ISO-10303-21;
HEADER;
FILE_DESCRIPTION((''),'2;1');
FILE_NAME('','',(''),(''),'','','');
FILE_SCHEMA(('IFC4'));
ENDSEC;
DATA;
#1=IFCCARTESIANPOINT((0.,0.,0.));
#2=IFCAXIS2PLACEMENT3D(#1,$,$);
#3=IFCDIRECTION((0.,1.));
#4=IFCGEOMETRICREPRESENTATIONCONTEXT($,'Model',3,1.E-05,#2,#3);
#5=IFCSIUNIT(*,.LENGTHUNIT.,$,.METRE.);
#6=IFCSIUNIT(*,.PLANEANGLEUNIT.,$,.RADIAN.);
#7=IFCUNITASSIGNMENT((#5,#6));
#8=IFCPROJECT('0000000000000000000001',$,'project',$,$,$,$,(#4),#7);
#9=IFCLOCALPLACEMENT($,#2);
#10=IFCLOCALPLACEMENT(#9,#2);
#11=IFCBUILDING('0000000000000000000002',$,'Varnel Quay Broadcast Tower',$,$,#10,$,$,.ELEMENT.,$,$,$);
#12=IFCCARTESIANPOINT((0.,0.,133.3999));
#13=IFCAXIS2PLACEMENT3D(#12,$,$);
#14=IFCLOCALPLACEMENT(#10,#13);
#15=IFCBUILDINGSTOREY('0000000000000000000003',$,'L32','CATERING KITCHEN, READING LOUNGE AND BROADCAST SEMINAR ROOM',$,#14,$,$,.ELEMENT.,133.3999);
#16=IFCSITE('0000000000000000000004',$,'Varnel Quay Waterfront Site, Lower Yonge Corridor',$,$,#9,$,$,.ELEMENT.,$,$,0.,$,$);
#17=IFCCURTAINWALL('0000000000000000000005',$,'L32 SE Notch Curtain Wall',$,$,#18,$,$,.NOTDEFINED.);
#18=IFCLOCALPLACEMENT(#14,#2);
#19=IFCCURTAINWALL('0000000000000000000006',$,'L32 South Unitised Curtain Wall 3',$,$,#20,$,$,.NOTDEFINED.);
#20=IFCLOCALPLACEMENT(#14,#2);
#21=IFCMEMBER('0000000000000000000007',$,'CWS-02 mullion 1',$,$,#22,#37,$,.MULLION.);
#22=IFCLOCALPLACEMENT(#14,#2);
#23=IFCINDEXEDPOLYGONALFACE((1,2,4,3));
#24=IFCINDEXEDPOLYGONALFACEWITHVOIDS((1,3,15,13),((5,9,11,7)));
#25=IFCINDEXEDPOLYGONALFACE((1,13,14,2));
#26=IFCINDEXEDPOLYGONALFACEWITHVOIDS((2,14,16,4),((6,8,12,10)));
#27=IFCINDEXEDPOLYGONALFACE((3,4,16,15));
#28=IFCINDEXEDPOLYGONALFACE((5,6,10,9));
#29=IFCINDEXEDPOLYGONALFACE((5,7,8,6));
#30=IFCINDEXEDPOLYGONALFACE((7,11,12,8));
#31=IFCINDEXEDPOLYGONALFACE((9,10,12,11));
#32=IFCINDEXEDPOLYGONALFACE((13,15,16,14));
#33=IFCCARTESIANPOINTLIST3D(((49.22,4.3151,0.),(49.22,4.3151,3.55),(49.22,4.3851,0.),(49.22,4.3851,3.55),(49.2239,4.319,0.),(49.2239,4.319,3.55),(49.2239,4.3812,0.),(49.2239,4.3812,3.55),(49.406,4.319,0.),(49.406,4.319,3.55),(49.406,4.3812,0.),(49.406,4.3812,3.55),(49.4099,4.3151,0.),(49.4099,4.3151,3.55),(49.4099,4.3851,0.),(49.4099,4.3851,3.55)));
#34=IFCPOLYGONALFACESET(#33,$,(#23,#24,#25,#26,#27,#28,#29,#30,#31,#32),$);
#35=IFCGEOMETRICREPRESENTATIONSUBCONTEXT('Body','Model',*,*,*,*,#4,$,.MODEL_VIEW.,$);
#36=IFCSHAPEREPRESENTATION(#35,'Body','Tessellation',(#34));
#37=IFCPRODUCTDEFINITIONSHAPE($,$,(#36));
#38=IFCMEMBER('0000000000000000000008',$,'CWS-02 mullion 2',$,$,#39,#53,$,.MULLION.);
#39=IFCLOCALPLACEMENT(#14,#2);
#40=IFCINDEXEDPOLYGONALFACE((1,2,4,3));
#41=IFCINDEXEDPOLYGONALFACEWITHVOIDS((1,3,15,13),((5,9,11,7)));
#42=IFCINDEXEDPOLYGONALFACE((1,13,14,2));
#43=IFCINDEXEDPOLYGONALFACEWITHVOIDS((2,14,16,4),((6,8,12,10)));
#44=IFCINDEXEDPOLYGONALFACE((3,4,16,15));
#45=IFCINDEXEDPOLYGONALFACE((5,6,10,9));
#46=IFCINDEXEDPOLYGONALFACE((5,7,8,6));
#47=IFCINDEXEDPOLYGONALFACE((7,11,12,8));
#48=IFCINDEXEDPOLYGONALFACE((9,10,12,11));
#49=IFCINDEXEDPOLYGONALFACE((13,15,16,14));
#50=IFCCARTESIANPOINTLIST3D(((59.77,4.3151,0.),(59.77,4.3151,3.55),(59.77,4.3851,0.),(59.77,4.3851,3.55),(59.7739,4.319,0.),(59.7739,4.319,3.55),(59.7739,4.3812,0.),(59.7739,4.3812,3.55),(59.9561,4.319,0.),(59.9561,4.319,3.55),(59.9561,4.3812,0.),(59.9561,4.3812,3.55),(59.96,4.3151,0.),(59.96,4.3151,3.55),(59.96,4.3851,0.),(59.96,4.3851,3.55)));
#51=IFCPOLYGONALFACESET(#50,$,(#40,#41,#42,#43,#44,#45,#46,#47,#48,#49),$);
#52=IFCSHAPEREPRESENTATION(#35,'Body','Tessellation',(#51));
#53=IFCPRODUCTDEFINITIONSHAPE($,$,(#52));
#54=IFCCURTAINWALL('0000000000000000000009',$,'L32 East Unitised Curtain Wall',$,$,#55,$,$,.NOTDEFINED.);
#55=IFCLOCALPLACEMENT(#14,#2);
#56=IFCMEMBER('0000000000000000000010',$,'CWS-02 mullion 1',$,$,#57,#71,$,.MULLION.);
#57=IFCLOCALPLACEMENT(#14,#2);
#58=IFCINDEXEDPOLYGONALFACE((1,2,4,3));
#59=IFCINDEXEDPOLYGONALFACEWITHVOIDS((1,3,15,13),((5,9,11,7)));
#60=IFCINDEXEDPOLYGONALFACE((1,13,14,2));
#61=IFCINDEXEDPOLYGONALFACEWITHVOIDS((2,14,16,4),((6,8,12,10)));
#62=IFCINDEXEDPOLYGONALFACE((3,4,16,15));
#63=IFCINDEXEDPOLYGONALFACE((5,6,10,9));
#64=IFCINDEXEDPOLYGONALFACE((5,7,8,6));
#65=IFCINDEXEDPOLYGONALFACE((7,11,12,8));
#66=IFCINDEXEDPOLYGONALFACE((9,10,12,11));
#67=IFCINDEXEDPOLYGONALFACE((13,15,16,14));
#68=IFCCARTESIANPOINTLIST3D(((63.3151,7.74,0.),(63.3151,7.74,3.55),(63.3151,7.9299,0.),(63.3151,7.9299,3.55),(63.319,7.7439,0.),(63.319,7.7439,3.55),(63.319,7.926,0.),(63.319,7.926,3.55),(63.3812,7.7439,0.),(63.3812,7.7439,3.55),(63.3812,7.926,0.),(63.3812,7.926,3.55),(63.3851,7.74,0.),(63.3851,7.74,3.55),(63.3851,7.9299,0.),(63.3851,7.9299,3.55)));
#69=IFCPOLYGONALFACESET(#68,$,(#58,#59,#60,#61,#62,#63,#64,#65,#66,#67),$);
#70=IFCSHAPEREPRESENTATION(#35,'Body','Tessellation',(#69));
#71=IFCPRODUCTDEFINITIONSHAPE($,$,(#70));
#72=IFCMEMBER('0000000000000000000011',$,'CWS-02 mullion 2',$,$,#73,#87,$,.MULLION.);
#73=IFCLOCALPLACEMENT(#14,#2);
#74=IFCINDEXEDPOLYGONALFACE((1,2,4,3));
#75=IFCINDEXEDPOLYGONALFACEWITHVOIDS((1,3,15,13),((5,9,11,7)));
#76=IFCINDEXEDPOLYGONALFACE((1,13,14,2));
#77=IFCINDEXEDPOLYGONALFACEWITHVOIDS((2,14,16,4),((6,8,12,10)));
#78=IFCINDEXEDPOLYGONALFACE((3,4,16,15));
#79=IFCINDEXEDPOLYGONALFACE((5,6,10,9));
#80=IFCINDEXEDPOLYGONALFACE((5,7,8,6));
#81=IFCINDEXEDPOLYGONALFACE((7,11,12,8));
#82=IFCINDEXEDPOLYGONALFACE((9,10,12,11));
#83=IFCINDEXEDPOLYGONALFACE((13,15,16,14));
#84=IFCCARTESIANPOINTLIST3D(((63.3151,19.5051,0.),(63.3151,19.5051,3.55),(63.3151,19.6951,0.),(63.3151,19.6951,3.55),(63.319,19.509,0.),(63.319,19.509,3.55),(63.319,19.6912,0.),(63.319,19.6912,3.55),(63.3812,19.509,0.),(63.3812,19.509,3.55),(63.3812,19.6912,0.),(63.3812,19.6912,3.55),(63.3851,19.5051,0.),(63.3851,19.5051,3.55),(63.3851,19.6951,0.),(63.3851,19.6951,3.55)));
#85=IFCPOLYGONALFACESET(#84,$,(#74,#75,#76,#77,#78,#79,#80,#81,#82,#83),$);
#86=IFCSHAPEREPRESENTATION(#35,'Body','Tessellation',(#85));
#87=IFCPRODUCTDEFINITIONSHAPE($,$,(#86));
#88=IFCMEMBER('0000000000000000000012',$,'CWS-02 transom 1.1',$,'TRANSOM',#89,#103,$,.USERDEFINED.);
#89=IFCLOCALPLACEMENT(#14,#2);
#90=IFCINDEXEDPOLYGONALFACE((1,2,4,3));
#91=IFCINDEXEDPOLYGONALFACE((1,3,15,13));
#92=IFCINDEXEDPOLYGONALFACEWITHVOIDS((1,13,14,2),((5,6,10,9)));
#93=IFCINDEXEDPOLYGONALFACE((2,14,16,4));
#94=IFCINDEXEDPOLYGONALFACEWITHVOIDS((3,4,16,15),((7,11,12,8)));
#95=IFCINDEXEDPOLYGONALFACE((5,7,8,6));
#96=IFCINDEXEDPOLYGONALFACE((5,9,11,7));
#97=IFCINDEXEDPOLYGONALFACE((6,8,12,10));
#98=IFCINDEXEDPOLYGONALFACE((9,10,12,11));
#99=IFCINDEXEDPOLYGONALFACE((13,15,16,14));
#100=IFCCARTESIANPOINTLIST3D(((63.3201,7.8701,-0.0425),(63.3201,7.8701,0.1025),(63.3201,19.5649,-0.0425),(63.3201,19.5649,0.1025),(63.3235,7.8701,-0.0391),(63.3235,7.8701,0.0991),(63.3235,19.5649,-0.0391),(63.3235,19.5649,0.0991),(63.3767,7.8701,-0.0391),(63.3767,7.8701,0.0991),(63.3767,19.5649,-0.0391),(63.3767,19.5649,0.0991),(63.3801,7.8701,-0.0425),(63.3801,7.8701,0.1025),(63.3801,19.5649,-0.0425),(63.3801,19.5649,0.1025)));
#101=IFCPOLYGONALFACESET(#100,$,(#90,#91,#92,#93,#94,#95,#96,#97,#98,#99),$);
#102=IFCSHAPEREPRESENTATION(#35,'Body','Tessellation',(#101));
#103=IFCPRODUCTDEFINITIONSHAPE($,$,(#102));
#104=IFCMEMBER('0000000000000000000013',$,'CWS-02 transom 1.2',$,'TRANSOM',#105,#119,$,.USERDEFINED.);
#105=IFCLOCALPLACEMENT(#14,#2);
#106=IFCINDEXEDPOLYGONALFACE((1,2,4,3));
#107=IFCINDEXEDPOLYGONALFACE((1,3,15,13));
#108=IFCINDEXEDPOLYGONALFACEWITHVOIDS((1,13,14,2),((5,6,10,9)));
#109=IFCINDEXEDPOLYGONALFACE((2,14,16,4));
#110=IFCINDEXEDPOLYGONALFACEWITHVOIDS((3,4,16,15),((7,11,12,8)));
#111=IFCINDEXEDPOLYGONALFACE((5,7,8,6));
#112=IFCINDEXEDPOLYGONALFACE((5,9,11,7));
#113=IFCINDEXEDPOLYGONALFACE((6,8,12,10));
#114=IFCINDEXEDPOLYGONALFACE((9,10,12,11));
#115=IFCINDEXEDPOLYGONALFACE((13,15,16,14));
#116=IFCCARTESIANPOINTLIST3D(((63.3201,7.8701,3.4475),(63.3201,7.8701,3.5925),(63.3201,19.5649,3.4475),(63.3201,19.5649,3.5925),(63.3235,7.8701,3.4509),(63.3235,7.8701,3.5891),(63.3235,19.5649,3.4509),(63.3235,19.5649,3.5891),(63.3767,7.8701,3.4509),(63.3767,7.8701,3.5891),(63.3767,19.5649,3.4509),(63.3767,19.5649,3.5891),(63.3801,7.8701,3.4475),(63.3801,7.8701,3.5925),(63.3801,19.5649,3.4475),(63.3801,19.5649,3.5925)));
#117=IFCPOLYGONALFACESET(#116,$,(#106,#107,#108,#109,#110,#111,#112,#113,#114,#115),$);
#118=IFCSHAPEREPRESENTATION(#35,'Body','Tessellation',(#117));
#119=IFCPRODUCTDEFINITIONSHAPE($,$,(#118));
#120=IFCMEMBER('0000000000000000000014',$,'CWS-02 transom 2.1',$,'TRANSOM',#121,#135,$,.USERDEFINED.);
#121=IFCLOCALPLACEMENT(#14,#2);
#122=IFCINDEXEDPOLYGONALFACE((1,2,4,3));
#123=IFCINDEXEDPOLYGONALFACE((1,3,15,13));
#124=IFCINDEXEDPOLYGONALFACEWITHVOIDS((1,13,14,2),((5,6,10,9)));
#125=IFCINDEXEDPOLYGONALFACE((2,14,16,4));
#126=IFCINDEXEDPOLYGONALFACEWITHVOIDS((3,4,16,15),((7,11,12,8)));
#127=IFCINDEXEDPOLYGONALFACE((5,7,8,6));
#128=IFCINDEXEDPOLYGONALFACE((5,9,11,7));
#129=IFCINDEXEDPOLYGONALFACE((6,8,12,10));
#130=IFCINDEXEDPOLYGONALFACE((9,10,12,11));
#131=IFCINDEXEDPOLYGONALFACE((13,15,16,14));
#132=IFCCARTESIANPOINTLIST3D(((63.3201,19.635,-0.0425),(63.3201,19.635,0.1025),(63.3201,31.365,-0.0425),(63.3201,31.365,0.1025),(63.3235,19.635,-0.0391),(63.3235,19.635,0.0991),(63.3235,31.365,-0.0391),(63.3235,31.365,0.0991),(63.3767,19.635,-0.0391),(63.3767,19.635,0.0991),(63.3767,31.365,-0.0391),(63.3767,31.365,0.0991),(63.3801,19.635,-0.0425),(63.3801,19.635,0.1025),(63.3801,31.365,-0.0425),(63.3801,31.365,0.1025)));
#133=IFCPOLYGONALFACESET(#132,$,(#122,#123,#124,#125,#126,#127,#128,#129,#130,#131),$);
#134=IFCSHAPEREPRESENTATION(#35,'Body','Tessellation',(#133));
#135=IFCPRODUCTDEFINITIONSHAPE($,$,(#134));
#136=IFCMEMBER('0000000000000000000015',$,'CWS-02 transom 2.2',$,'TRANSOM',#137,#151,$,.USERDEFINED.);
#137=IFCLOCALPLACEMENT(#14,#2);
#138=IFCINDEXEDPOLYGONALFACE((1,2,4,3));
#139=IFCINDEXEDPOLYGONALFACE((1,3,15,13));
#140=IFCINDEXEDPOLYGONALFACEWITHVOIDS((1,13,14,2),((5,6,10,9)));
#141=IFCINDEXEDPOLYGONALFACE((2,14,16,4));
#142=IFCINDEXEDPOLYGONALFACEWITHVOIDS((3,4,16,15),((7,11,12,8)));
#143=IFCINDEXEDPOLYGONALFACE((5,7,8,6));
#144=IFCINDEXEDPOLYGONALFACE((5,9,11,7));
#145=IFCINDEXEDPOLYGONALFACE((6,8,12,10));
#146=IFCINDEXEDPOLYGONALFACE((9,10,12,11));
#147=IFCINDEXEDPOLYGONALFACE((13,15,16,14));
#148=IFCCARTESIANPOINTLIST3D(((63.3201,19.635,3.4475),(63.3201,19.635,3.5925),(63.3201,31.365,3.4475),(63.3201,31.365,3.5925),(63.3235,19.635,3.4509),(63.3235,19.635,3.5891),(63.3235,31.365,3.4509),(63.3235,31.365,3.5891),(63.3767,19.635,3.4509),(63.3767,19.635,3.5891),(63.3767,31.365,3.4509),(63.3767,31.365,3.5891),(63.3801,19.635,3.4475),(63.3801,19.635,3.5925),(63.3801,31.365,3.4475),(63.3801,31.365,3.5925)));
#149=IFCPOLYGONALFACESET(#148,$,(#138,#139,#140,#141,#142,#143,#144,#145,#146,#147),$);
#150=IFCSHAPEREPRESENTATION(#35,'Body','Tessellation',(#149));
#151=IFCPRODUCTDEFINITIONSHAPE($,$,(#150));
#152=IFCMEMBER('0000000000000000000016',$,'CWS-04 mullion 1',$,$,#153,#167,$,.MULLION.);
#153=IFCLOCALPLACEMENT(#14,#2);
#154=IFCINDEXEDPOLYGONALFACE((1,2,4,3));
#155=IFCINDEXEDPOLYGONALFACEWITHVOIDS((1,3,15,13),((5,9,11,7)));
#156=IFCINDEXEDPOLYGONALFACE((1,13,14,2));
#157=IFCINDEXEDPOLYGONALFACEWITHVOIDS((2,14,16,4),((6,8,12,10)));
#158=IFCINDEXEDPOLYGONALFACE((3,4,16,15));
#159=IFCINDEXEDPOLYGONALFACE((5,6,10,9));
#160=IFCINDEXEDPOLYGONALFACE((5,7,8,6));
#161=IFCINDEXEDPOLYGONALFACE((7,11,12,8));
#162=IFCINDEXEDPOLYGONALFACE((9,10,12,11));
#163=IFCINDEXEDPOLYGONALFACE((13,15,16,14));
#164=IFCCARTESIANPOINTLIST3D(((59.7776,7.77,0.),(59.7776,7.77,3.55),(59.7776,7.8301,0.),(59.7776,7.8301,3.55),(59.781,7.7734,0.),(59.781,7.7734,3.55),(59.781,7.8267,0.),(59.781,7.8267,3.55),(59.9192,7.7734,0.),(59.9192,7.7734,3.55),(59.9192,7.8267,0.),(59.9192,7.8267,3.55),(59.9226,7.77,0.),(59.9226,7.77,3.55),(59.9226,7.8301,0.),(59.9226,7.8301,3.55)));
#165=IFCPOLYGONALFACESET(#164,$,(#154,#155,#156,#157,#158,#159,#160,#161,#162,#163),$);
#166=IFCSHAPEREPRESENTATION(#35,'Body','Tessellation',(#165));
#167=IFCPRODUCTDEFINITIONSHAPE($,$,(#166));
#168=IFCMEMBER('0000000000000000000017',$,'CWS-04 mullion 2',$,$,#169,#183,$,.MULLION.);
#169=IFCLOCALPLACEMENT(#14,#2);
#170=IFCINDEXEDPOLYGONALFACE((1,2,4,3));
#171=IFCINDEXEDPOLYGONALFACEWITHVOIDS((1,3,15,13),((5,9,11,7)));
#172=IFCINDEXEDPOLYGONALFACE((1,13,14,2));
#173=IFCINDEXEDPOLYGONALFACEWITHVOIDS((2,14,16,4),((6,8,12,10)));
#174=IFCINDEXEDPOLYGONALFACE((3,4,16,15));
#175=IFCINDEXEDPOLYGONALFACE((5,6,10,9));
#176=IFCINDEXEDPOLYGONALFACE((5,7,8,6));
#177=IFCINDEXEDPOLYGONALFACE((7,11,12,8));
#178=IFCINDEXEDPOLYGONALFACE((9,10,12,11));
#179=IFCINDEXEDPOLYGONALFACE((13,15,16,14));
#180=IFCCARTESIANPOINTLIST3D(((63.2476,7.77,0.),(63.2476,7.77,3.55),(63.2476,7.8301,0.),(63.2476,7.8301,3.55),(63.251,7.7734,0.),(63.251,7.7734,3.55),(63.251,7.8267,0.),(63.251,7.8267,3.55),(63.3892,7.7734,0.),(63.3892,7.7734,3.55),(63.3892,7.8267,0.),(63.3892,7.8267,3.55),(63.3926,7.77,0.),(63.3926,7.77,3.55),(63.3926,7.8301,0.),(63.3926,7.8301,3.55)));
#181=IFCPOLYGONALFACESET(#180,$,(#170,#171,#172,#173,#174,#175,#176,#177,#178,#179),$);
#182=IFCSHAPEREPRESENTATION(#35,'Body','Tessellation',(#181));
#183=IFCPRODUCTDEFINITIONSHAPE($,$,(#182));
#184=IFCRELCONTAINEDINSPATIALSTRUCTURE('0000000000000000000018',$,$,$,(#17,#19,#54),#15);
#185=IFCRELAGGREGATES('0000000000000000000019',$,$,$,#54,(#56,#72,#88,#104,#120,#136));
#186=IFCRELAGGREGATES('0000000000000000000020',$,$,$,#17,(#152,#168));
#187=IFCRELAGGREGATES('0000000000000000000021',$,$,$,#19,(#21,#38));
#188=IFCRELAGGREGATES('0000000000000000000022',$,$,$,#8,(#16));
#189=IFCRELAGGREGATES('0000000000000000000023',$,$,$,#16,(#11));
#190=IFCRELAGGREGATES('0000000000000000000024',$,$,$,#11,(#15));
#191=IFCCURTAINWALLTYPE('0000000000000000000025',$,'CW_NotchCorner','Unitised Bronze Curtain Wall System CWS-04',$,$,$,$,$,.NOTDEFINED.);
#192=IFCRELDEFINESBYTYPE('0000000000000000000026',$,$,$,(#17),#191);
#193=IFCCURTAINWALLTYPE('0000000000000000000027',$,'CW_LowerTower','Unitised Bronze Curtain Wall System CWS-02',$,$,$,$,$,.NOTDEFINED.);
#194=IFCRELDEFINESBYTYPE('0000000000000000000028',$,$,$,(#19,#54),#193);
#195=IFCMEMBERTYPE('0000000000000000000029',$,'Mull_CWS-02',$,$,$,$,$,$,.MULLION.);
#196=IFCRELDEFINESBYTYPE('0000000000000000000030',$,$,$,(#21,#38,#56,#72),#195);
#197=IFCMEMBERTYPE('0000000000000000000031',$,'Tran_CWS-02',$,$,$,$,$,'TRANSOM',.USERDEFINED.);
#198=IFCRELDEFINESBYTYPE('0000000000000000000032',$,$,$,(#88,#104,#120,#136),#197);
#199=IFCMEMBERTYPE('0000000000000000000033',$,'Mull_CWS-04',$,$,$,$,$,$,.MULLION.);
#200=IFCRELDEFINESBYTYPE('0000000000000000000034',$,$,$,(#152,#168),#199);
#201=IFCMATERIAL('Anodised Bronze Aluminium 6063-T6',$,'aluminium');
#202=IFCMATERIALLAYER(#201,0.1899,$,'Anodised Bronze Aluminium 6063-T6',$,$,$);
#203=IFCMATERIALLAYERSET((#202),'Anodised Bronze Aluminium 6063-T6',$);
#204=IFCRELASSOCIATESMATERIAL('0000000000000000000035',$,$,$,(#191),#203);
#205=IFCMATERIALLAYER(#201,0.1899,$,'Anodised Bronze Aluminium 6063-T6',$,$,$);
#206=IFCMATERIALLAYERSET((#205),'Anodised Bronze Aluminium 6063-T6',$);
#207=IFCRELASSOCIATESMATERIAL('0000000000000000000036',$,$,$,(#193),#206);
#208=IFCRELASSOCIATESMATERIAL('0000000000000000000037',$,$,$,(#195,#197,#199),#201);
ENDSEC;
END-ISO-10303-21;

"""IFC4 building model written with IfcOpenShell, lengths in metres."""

from ifc_helpers import new_model, si_unit, direction, frame, origin, origin_2d, place, context, subcontext, project, spatial, hollow_rectangle, extrude, source, transform, mapped, material, layer, layer_set, material_profile, profile_set, type_object, type_shapes, element, aggregate, save


model = new_model("IFC4")

# Units and contexts
model_context = context("Model", 3, precision=1e-05, world=origin(), true_north=direction((0.0, 1.0)))
body_context = subcontext(model_context, "Body", "Model", "MODEL_VIEW")
ifc_project = project(units=[si_unit("LENGTHUNIT", "METRE"), si_unit("PLANEANGLEUNIT", "RADIAN")], contexts=[model_context])

# Site, building, storey
site_placement = place(None, origin())
site = spatial("IfcSite", under=ifc_project, at=site_placement, Name="Varnel Quay Waterfront Site, Lower Yonge Corridor", CompositionType="ELEMENT", RefElevation=0.0)
building_placement = place(site_placement, origin())
building = spatial("IfcBuilding", under=site, at=building_placement, Name="Varnel Quay Broadcast Tower", CompositionType="ELEMENT")
storey_placement = place(building_placement, frame((0.0, 0.0, 133.3999)))
storey = spatial("IfcBuildingStorey", under=building, at=storey_placement, Name="L32", Description="CATERING KITCHEN, READING LOUNGE AND BROADCAST SEMINAR ROOM", CompositionType="ELEMENT", Elevation=133.3999)

# Curtain walls, members
ifc_material_1 = material(Name="Anodised Bronze Aluminium 6063-T6", Category="aluminium")
ifc_layer_1 = layer(ifc_material_1, 0.1899, Name="Anodised Bronze Aluminium 6063-T6")
ifc_layer_set_1 = layer_set([ifc_layer_1], Name="Anodised Bronze Aluminium 6063-T6")
curtain_wall_type_1 = type_object("IfcCurtainWallType", Name="CW_NotchCorner", Description="Unitised Bronze Curtain Wall System CWS-04", PredefinedType="NOTDEFINED", material=ifc_layer_set_1)
curtain_wall_1_placement = place(storey_placement, origin())
curtain_wall_1 = element("IfcCurtainWall", 1, at=curtain_wall_1_placement, inside=storey, type_object=curtain_wall_type_1, Name="L32 SE Notch Curtain Wall", PredefinedType="NOTDEFINED")
ifc_layer_2 = layer(ifc_material_1, 0.1899, Name="Anodised Bronze Aluminium 6063-T6")
ifc_layer_set_2 = layer_set([ifc_layer_2], Name="Anodised Bronze Aluminium 6063-T6")
curtain_wall_type_2 = type_object("IfcCurtainWallType", Name="CW_LowerTower", Description="Unitised Bronze Curtain Wall System CWS-02", PredefinedType="NOTDEFINED", material=ifc_layer_set_2)
curtain_wall_2_placement = place(storey_placement, origin())
curtain_wall_2 = element("IfcCurtainWall", 2, at=curtain_wall_2_placement, inside=storey, type_object=curtain_wall_type_2, Name="L32 South Unitised Curtain Wall 3", PredefinedType="NOTDEFINED")
ifc_material_profile_1 = material_profile(ifc_material_1, hollow_rectangle(XDim=0.0701, YDim=0.1899, WallThickness=0.0039, at=origin_2d()), Name="ALU70X190X4")
ifc_profile_set_1 = profile_set([ifc_material_profile_1], Name="Anodised Bronze Aluminium 6063-T6")
member_type_1 = type_object("IfcMemberType", Name="Mull_CWS-02", PredefinedType="MULLION", material=ifc_profile_set_1)
shared_shape_1 = source(origin(), body_context, "Body", "SweptSolid", [
    extrude(hollow_rectangle(XDim=0.0701, YDim=0.1899, WallThickness=0.0039, at=origin_2d()), origin(), (0.0, 0.0, 1.0), 3.55),
])
type_shapes(member_type_1, [shared_shape_1])
member_1_placement = place(storey_placement, frame((49.3149, 4.3501, 0.0), z_axis=(0.0, 0.0, 1.0), x_axis=(0.0, 1.0, 0.0)))
member_1 = element("IfcMember", 3, at=member_1_placement, type_object=member_type_1, Name="CWS-02 mullion 1", PredefinedType="MULLION", context=body_context, shape_type="MappedRepresentation", body=[
    mapped(shared_shape_1, transform((0.0, 0.0, 0.0), x_axis=(1.0, 0.0, 0.0), y_axis=(0.0, 1.0, 0.0), z_axis=(0.0, 0.0, 1.0), scale=1.0)),
])
member_2_placement = place(storey_placement, frame((59.865, 4.3501, 0.0), z_axis=(0.0, 0.0, 1.0), x_axis=(0.0, 1.0, 0.0)))
member_2 = element("IfcMember", 4, at=member_2_placement, type_object=member_type_1, Name="CWS-02 mullion 2", PredefinedType="MULLION", context=body_context, shape_type="MappedRepresentation", body=[
    mapped(shared_shape_1, transform((0.0, 0.0, 0.0), x_axis=(1.0, 0.0, 0.0), y_axis=(0.0, 1.0, 0.0), z_axis=(0.0, 0.0, 1.0), scale=1.0)),
])
curtain_wall_3_placement = place(storey_placement, origin())
curtain_wall_3 = element("IfcCurtainWall", 5, at=curtain_wall_3_placement, inside=storey, type_object=curtain_wall_type_2, Name="L32 East Unitised Curtain Wall", PredefinedType="NOTDEFINED")
member_3_placement = place(storey_placement, frame((63.3501, 7.835, 0.0), z_axis=(0.0, 0.0, 1.0), x_axis=(-1.0, 0.0, 0.0)))
member_3 = element("IfcMember", 6, at=member_3_placement, type_object=member_type_1, Name="CWS-02 mullion 1", PredefinedType="MULLION", context=body_context, shape_type="MappedRepresentation", body=[
    mapped(shared_shape_1, transform((0.0, 0.0, 0.0), x_axis=(1.0, 0.0, 0.0), y_axis=(0.0, 1.0, 0.0), z_axis=(0.0, 0.0, 1.0), scale=1.0)),
])
member_4_placement = place(storey_placement, frame((63.3501, 19.6001, 0.0), z_axis=(0.0, 0.0, 1.0), x_axis=(-1.0, 0.0, 0.0)))
member_4 = element("IfcMember", 7, at=member_4_placement, type_object=member_type_1, Name="CWS-02 mullion 2", PredefinedType="MULLION", context=body_context, shape_type="MappedRepresentation", body=[
    mapped(shared_shape_1, transform((0.0, 0.0, 0.0), x_axis=(1.0, 0.0, 0.0), y_axis=(0.0, 1.0, 0.0), z_axis=(0.0, 0.0, 1.0), scale=1.0)),
])
ifc_material_profile_2 = material_profile(ifc_material_1, hollow_rectangle(XDim=0.0601, YDim=0.145, WallThickness=0.0034, at=origin_2d()), Name="ALU60X145X3.5")
ifc_profile_set_2 = profile_set([ifc_material_profile_2], Name="Anodised Bronze Aluminium 6063-T6")
member_type_2 = type_object("IfcMemberType", Name="Tran_CWS-02", ElementType="TRANSOM", PredefinedType="USERDEFINED", material=ifc_profile_set_2)
shared_shape_2 = source(origin(), body_context, "Body", "SweptSolid", [
    extrude(hollow_rectangle(XDim=0.0601, YDim=0.145, WallThickness=0.0034, at=origin_2d()), origin(), (0.0, 0.0, 1.0), 11.6948),
])
member_5_placement = place(storey_placement, frame((63.3501, 7.8701, 0.03), z_axis=(0.0, 1.0, 0.0), x_axis=(-1.0, 0.0, 0.0)))
member_5 = element("IfcMember", 8, at=member_5_placement, type_object=member_type_2, Name="CWS-02 transom 1.1", ObjectType="TRANSOM", PredefinedType="USERDEFINED", context=body_context, shape_type="MappedRepresentation", body=[
    mapped(shared_shape_2, transform((0.0, 0.0, 0.0), x_axis=(1.0, 0.0, 0.0), y_axis=(0.0, 1.0, 0.0), z_axis=(0.0, 0.0, 1.0), scale=1.0)),
])
member_6_placement = place(storey_placement, frame((63.3501, 7.8701, 3.52), z_axis=(0.0, 1.0, 0.0), x_axis=(-1.0, 0.0, 0.0)))
member_6 = element("IfcMember", 9, at=member_6_placement, type_object=member_type_2, Name="CWS-02 transom 1.2", ObjectType="TRANSOM", PredefinedType="USERDEFINED", context=body_context, shape_type="MappedRepresentation", body=[
    mapped(shared_shape_2, transform((0.0, 0.0, 0.0), x_axis=(1.0, 0.0, 0.0), y_axis=(0.0, 1.0, 0.0), z_axis=(0.0, 0.0, 1.0), scale=1.0)),
])
shared_shape_3 = source(origin(), body_context, "Body", "SweptSolid", [
    extrude(hollow_rectangle(XDim=0.0601, YDim=0.145, WallThickness=0.0034, at=origin_2d()), origin(), (0.0, 0.0, 1.0), 11.73),
])
member_7_placement = place(storey_placement, frame((63.3501, 19.635, 0.03), z_axis=(0.0, 1.0, 0.0), x_axis=(-1.0, 0.0, 0.0)))
member_7 = element("IfcMember", 10, at=member_7_placement, type_object=member_type_2, Name="CWS-02 transom 2.1", ObjectType="TRANSOM", PredefinedType="USERDEFINED", context=body_context, shape_type="MappedRepresentation", body=[
    mapped(shared_shape_3, transform((0.0, 0.0, 0.0), x_axis=(1.0, 0.0, 0.0), y_axis=(0.0, 1.0, 0.0), z_axis=(0.0, 0.0, 1.0), scale=1.0)),
])
member_8_placement = place(storey_placement, frame((63.3501, 19.635, 3.52), z_axis=(0.0, 1.0, 0.0), x_axis=(-1.0, 0.0, 0.0)))
member_8 = element("IfcMember", 11, at=member_8_placement, type_object=member_type_2, Name="CWS-02 transom 2.2", ObjectType="TRANSOM", PredefinedType="USERDEFINED", context=body_context, shape_type="MappedRepresentation", body=[
    mapped(shared_shape_3, transform((0.0, 0.0, 0.0), x_axis=(1.0, 0.0, 0.0), y_axis=(0.0, 1.0, 0.0), z_axis=(0.0, 0.0, 1.0), scale=1.0)),
])

# Members
ifc_material_profile_3 = material_profile(ifc_material_1, hollow_rectangle(XDim=0.0601, YDim=0.145, WallThickness=0.0034, at=origin_2d()), Name="ALU60X145X3.5")
ifc_profile_set_3 = profile_set([ifc_material_profile_3], Name="Anodised Bronze Aluminium 6063-T6")
member_type_3 = type_object("IfcMemberType", Name="Mull_CWS-04", PredefinedType="MULLION", material=ifc_profile_set_3)
shared_shape_4 = source(origin(), body_context, "Body", "SweptSolid", [
    extrude(hollow_rectangle(XDim=0.0601, YDim=0.145, WallThickness=0.0034, at=origin_2d()), origin(), (0.0, 0.0, 1.0), 3.55),
])
type_shapes(member_type_3, [shared_shape_4])
member_9_placement = place(storey_placement, frame((59.8501, 7.8, 0.0), z_axis=(0.0, 0.0, 1.0), x_axis=(0.0, 1.0, 0.0)))
member_9 = element("IfcMember", 12, at=member_9_placement, type_object=member_type_3, Name="CWS-04 mullion 1", PredefinedType="MULLION", context=body_context, shape_type="MappedRepresentation", body=[
    mapped(shared_shape_4, transform((0.0, 0.0, 0.0), x_axis=(1.0, 0.0, 0.0), y_axis=(0.0, 1.0, 0.0), z_axis=(0.0, 0.0, 1.0), scale=1.0)),
])
member_10_placement = place(storey_placement, frame((63.3201, 7.8, 0.0), z_axis=(0.0, 0.0, 1.0), x_axis=(0.0, 1.0, 0.0)))
member_10 = element("IfcMember", 13, at=member_10_placement, type_object=member_type_3, Name="CWS-04 mullion 2", PredefinedType="MULLION", context=body_context, shape_type="MappedRepresentation", body=[
    mapped(shared_shape_4, transform((0.0, 0.0, 0.0), x_axis=(1.0, 0.0, 0.0), y_axis=(0.0, 1.0, 0.0), z_axis=(0.0, 0.0, 1.0), scale=1.0)),
])

aggregate(curtain_wall_3, [member_3, member_4, member_5, member_6, member_7, member_8])
aggregate(curtain_wall_1, [member_9, member_10])
aggregate(curtain_wall_2, [member_1, member_2])

save(model, "model.ifc")
